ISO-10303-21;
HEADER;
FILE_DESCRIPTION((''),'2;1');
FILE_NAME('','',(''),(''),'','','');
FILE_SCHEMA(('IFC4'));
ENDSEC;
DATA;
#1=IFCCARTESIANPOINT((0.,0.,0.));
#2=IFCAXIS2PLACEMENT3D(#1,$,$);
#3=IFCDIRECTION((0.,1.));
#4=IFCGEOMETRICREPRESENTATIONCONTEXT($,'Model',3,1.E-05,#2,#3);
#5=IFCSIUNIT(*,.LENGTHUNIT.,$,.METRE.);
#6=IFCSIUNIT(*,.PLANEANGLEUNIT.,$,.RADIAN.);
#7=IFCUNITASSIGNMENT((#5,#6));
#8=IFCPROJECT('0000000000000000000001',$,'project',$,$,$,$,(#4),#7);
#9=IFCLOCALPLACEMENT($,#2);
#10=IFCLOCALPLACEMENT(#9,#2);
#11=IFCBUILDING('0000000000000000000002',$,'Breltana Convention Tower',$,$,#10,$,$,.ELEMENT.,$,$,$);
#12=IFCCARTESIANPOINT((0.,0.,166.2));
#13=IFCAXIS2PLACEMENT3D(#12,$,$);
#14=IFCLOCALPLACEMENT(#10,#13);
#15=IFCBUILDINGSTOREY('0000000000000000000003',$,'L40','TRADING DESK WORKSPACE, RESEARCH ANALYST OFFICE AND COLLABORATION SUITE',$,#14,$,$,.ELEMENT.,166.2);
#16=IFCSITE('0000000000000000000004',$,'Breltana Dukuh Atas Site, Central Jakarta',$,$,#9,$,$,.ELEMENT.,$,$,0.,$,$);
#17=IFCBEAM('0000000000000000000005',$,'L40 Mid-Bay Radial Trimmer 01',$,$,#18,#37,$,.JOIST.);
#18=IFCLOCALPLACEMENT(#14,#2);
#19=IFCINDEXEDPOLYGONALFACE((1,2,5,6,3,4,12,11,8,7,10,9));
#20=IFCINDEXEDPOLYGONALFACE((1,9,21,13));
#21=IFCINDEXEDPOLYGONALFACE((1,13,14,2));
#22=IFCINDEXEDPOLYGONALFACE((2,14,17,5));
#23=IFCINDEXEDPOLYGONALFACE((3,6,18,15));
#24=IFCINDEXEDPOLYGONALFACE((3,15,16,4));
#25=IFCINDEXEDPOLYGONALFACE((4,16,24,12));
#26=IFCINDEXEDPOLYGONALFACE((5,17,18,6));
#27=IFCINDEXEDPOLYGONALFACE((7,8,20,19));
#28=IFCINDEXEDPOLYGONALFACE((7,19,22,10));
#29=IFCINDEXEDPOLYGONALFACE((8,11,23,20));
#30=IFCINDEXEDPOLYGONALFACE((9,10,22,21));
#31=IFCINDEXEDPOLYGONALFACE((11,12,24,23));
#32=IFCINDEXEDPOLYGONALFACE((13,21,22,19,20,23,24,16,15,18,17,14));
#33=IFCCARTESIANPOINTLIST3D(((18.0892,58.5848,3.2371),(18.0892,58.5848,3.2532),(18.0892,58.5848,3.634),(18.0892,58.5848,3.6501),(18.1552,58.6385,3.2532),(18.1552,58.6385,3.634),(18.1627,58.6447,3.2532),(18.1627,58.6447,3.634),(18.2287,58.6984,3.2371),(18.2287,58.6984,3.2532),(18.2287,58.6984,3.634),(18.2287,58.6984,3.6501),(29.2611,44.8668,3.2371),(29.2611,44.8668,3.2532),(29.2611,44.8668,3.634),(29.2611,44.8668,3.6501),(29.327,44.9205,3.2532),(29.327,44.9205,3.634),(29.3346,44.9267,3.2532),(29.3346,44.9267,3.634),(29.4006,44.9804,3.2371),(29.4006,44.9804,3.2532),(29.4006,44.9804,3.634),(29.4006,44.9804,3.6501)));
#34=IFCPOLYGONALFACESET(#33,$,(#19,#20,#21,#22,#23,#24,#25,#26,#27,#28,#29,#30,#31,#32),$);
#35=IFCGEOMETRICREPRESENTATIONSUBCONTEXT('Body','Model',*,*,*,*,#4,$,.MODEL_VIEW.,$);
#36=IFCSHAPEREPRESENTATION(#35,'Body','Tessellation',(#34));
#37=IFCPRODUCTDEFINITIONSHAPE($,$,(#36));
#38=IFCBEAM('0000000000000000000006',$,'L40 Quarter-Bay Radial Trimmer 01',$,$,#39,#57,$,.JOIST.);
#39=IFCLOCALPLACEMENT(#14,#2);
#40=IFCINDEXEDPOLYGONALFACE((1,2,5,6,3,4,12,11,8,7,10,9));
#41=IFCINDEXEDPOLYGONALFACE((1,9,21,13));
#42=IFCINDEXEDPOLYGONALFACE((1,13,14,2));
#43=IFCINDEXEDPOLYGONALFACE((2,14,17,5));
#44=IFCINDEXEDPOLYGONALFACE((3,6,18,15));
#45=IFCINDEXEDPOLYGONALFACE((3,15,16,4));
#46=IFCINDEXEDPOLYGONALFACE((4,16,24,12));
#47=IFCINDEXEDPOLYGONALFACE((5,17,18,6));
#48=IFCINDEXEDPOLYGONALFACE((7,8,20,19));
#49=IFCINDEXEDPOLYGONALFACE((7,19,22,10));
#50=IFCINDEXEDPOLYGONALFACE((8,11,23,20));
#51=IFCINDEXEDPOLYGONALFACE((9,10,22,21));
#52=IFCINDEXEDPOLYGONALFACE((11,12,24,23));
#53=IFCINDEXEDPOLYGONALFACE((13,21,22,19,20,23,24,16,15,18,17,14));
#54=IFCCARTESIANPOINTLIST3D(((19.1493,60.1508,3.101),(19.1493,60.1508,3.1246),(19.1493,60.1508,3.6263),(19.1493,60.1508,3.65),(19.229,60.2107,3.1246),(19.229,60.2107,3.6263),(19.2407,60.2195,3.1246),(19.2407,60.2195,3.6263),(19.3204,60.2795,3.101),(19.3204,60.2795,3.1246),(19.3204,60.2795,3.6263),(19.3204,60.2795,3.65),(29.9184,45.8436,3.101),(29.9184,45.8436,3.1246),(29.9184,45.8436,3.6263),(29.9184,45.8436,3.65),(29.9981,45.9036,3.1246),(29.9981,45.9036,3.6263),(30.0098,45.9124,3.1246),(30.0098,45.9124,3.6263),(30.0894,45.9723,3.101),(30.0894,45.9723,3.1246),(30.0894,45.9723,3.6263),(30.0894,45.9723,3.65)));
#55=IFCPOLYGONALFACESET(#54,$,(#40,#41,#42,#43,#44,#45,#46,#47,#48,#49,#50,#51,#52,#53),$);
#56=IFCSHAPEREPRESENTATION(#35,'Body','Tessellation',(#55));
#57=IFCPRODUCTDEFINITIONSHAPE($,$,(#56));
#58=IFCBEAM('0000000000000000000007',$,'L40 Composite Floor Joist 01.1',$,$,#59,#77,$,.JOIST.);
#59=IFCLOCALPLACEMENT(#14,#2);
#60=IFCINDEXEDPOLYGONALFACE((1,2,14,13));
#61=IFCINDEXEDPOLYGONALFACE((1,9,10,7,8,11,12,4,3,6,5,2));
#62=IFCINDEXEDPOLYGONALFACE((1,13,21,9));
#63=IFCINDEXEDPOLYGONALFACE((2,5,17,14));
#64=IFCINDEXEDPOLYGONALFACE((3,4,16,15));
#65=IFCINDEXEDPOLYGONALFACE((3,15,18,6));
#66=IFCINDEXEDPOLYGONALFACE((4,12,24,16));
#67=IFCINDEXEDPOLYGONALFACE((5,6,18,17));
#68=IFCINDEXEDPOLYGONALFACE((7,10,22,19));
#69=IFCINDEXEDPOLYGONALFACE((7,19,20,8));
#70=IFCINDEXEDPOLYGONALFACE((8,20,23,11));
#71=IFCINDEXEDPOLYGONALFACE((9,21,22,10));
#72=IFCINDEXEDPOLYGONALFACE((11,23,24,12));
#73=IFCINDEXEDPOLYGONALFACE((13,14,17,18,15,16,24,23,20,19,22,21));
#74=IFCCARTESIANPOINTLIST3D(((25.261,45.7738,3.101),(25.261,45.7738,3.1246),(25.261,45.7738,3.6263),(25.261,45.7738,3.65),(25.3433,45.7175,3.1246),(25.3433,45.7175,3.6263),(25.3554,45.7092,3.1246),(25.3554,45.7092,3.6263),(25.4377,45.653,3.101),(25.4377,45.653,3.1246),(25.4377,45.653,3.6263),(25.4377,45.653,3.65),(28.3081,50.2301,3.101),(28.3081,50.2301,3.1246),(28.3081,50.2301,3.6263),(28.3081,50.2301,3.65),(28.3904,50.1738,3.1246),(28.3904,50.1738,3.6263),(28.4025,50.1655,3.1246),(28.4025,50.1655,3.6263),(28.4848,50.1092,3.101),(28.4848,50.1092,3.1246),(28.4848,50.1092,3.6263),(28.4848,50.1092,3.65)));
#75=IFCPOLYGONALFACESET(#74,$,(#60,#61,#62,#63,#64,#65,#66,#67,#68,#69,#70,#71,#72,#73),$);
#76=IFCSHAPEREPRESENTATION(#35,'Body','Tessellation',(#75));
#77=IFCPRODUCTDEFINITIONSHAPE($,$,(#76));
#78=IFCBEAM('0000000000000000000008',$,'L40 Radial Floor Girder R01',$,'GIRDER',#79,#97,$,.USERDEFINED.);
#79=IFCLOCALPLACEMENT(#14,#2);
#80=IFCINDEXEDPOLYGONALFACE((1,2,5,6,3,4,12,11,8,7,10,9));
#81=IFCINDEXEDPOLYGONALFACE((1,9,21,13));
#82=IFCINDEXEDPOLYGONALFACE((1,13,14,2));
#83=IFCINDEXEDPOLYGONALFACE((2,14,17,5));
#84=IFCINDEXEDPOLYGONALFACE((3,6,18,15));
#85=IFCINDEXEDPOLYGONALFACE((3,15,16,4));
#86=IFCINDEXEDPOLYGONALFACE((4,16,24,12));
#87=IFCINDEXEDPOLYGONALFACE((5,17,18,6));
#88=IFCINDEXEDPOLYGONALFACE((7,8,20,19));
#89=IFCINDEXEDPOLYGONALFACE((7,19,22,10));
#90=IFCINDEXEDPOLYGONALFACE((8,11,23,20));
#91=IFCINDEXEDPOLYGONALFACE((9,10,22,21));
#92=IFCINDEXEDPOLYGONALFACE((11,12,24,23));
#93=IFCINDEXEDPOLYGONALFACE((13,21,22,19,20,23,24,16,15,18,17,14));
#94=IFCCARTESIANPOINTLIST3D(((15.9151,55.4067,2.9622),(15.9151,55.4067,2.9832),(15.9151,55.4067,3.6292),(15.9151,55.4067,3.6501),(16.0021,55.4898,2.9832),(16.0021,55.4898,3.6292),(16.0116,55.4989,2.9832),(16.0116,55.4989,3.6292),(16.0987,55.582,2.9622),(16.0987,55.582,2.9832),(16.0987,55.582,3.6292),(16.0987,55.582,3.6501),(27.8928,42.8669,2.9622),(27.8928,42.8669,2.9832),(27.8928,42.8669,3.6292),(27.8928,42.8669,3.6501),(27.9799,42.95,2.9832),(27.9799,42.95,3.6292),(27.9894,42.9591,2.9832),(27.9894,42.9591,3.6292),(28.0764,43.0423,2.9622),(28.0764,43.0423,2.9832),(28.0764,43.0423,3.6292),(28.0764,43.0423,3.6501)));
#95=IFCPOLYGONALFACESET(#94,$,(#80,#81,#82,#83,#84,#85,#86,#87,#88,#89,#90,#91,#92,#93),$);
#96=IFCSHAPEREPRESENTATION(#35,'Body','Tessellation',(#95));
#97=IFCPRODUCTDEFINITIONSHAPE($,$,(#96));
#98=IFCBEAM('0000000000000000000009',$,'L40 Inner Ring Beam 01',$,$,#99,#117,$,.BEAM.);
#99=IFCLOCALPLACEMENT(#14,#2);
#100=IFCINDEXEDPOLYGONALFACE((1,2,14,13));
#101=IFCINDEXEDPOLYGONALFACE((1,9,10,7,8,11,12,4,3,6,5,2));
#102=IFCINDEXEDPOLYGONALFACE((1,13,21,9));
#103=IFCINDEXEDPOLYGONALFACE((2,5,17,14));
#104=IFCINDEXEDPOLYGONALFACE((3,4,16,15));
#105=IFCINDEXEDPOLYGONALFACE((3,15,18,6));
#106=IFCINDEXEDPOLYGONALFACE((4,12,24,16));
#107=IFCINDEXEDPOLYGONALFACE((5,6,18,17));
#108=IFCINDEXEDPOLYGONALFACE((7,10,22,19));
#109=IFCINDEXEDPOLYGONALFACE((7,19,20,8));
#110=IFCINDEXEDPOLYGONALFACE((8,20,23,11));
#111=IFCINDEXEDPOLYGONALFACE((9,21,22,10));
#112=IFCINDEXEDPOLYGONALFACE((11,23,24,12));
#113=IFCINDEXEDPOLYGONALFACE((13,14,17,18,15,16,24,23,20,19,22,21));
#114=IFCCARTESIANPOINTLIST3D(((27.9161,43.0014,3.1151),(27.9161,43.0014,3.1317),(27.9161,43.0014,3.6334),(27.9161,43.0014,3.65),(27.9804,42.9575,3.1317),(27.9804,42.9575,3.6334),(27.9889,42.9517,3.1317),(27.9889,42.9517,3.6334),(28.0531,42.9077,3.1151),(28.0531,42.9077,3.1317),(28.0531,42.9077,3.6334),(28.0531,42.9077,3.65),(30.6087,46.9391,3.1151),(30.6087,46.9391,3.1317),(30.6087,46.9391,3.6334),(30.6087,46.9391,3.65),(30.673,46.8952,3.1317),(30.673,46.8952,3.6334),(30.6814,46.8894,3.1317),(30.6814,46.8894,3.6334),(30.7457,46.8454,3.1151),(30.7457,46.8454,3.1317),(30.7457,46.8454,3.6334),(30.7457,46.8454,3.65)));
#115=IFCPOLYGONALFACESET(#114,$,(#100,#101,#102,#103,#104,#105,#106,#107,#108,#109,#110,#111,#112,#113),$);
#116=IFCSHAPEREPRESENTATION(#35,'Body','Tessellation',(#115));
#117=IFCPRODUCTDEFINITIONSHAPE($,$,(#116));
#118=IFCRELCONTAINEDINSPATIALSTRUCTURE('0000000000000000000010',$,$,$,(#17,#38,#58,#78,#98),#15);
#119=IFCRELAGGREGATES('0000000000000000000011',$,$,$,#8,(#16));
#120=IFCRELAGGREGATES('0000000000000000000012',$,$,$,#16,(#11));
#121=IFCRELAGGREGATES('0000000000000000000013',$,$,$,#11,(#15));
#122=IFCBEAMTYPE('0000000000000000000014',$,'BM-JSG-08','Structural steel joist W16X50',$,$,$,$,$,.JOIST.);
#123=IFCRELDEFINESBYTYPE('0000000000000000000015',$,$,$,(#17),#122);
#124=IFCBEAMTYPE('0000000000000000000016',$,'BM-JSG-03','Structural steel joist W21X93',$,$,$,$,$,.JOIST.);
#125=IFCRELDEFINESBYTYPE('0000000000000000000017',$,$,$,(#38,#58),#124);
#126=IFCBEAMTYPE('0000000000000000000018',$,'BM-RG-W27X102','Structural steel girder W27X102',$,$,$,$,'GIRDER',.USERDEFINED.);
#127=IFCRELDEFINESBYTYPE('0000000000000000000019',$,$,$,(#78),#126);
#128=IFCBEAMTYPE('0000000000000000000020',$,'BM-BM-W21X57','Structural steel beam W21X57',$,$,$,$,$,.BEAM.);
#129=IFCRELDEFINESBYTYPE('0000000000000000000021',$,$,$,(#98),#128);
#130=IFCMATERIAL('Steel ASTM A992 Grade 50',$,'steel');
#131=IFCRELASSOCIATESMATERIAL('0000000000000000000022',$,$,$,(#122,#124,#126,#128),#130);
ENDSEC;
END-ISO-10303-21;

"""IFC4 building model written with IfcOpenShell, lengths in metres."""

from ifc_helpers import new_model, si_unit, direction, frame, origin, origin_2d, place, context, subcontext, project, spatial, i_section, extrude, source, transform, mapped, material, material_profile, profile_set, type_object, type_shapes, element, save


model = new_model("IFC4")

# Units and contexts
model_context = context("Model", 3, precision=1e-05, world=origin(), true_north=direction((0.0, 1.0)))
body_context = subcontext(model_context, "Body", "Model", "MODEL_VIEW")
ifc_project = project(units=[si_unit("LENGTHUNIT", "METRE"), si_unit("PLANEANGLEUNIT", "RADIAN")], contexts=[model_context])

# Site, building, storey
site_placement = place(None, origin())
site = spatial("IfcSite", under=ifc_project, at=site_placement, Name="Breltana Dukuh Atas Site, Central Jakarta", CompositionType="ELEMENT", RefElevation=0.0)
building_placement = place(site_placement, origin())
building = spatial("IfcBuilding", under=site, at=building_placement, Name="Breltana Convention Tower", CompositionType="ELEMENT")
storey_placement = place(building_placement, frame((0.0, 0.0, 166.2)))
storey = spatial("IfcBuildingStorey", under=building, at=storey_placement, Name="L40", Description="TRADING DESK WORKSPACE, RESEARCH ANALYST OFFICE AND COLLABORATION SUITE", CompositionType="ELEMENT", Elevation=166.2)

# Beams
ifc_material_1 = material(Name="Steel ASTM A992 Grade 50", Category="steel")
ifc_material_profile_1 = material_profile(ifc_material_1, i_section(OverallWidth=0.1799, OverallDepth=0.4131, WebThickness=0.0098, FlangeThickness=0.0161, at=origin_2d()), Name="W16X50")
ifc_profile_set_1 = profile_set([ifc_material_profile_1], Name="Steel ASTM A992 Grade 50")
beam_type_1 = type_object("IfcBeamType", Name="BM-JSG-08", Description="Structural steel joist W16X50", PredefinedType="JOIST", material=ifc_profile_set_1)
shared_shape_1 = source(origin(), body_context, "Body", "SweptSolid", [
    extrude(i_section(OverallWidth=0.1799, OverallDepth=0.4131, WebThickness=0.0098, FlangeThickness=0.0161, at=origin_2d()), origin(), (0.0, 0.0, 1.0), 17.6917),
])
type_shapes(beam_type_1, [shared_shape_1])
beam_1_placement = place(storey_placement, frame((29.3308, 44.9236, 3.4436), z_axis=(-0.631477, 0.775395, 0.0), x_axis=(-0.775395, -0.631477, 0.0)))
element("IfcBeam", 1, at=beam_1_placement, inside=storey, type_object=beam_type_1, Name="L40 Mid-Bay Radial Trimmer 01", PredefinedType="JOIST", context=body_context, shape_type="MappedRepresentation", body=[
    mapped(shared_shape_1, transform((0.0, 0.0, 0.0), scale=1.0)),
])
ifc_material_profile_2 = material_profile(ifc_material_1, i_section(OverallWidth=0.2141, OverallDepth=0.5491, WebThickness=0.0146, FlangeThickness=0.0237, at=origin_2d()), Name="W21X93")
ifc_profile_set_2 = profile_set([ifc_material_profile_2], Name="Steel ASTM A992 Grade 50")
beam_type_2 = type_object("IfcBeamType", Name="BM-JSG-03", Description="Structural steel joist W21X93", PredefinedType="JOIST", material=ifc_profile_set_2)
shared_shape_2 = source(origin(), body_context, "Body", "SweptSolid", [
    extrude(i_section(OverallWidth=0.2141, OverallDepth=0.5491, WebThickness=0.0146, FlangeThickness=0.0237, at=origin_2d()), origin(), (0.0, 0.0, 1.0), 17.9072),
])
beam_2_placement = place(storey_placement, frame((30.0039, 45.908, 3.3755), z_axis=(-0.601382, 0.798962, 0.0), x_axis=(-0.798962, -0.601382, 0.0)))
element("IfcBeam", 2, at=beam_2_placement, inside=storey, type_object=beam_type_2, Name="L40 Quarter-Bay Radial Trimmer 01", PredefinedType="JOIST", context=body_context, shape_type="MappedRepresentation", body=[
    mapped(shared_shape_2, transform((0.0, 0.0, 0.0), scale=1.0)),
])
shared_shape_3 = source(origin(), body_context, "Body", "SweptSolid", [
    extrude(i_section(OverallWidth=0.2141, OverallDepth=0.5491, WebThickness=0.0146, FlangeThickness=0.0237, at=origin_2d()), origin(), (0.0, 0.0, 1.0), 5.3984),
])
beam_3_placement = place(storey_placement, frame((25.3494, 45.7134, 3.3755), z_axis=(0.564441, 0.825474, 0.0), x_axis=(-0.825474, 0.564441, 0.0)))
element("IfcBeam", 3, at=beam_3_placement, inside=storey, type_object=beam_type_2, Name="L40 Composite Floor Joist 01.1", PredefinedType="JOIST", context=body_context, shape_type="MappedRepresentation", body=[
    mapped(shared_shape_3, transform((0.0, 0.0, 0.0), scale=1.0)),
])
ifc_material_profile_3 = material_profile(ifc_material_1, i_section(OverallWidth=0.2539, OverallDepth=0.688, WebThickness=0.0132, FlangeThickness=0.021, at=origin_2d()), Name="W27X102")
ifc_profile_set_3 = profile_set([ifc_material_profile_3], Name="Steel ASTM A992 Grade 50")
beam_type_3 = type_object("IfcBeamType", Name="BM-RG-W27X102", Description="Structural steel girder W27X102", ElementType="GIRDER", PredefinedType="USERDEFINED", material=ifc_profile_set_3)
shared_shape_4 = source(origin(), body_context, "Body", "SweptSolid", [
    extrude(i_section(OverallWidth=0.2539, OverallDepth=0.688, WebThickness=0.0132, FlangeThickness=0.021, at=origin_2d()), origin(), (0.0, 0.0, 1.0), 17.3411),
])
type_shapes(beam_type_3, [shared_shape_4])
beam_4_placement = place(storey_placement, frame((27.9846, 42.9546, 3.3062), z_axis=(-0.690716, 0.723126, 0.0), x_axis=(-0.723126, -0.690716, 0.0)))
element("IfcBeam", 4, at=beam_4_placement, inside=storey, type_object=beam_type_3, Name="L40 Radial Floor Girder R01", ObjectType="GIRDER", PredefinedType="USERDEFINED", context=body_context, shape_type="MappedRepresentation", body=[
    mapped(shared_shape_4, transform((0.0, 0.0, 0.0), scale=1.0)),
])
ifc_material_profile_4 = material_profile(ifc_material_1, i_section(OverallWidth=0.166, OverallDepth=0.5349, WebThickness=0.0103, FlangeThickness=0.0166, at=origin_2d()), Name="W21X57")
ifc_profile_set_4 = profile_set([ifc_material_profile_4], Name="Steel ASTM A992 Grade 50")
beam_type_4 = type_object("IfcBeamType", Name="BM-BM-W21X57", Description="Structural steel beam W21X57", PredefinedType="BEAM", material=ifc_profile_set_4)
shared_shape_5 = source(origin(), body_context, "Body", "SweptSolid", [
    extrude(i_section(OverallWidth=0.166, OverallDepth=0.5349, WebThickness=0.0103, FlangeThickness=0.0166, at=origin_2d()), origin(), (0.0, 0.0, 1.0), 4.7703),
])
beam_5_placement = place(storey_placement, frame((27.9846, 42.9546, 3.3826), z_axis=(0.564453, 0.825465, 0.0), x_axis=(-0.825465, 0.564453, 0.0)))
element("IfcBeam", 5, at=beam_5_placement, inside=storey, type_object=beam_type_4, Name="L40 Inner Ring Beam 01", PredefinedType="BEAM", context=body_context, shape_type="MappedRepresentation", body=[
    mapped(shared_shape_5, transform((0.0, 0.0, 0.0), scale=1.0)),
])

save(model, "model.ifc")
